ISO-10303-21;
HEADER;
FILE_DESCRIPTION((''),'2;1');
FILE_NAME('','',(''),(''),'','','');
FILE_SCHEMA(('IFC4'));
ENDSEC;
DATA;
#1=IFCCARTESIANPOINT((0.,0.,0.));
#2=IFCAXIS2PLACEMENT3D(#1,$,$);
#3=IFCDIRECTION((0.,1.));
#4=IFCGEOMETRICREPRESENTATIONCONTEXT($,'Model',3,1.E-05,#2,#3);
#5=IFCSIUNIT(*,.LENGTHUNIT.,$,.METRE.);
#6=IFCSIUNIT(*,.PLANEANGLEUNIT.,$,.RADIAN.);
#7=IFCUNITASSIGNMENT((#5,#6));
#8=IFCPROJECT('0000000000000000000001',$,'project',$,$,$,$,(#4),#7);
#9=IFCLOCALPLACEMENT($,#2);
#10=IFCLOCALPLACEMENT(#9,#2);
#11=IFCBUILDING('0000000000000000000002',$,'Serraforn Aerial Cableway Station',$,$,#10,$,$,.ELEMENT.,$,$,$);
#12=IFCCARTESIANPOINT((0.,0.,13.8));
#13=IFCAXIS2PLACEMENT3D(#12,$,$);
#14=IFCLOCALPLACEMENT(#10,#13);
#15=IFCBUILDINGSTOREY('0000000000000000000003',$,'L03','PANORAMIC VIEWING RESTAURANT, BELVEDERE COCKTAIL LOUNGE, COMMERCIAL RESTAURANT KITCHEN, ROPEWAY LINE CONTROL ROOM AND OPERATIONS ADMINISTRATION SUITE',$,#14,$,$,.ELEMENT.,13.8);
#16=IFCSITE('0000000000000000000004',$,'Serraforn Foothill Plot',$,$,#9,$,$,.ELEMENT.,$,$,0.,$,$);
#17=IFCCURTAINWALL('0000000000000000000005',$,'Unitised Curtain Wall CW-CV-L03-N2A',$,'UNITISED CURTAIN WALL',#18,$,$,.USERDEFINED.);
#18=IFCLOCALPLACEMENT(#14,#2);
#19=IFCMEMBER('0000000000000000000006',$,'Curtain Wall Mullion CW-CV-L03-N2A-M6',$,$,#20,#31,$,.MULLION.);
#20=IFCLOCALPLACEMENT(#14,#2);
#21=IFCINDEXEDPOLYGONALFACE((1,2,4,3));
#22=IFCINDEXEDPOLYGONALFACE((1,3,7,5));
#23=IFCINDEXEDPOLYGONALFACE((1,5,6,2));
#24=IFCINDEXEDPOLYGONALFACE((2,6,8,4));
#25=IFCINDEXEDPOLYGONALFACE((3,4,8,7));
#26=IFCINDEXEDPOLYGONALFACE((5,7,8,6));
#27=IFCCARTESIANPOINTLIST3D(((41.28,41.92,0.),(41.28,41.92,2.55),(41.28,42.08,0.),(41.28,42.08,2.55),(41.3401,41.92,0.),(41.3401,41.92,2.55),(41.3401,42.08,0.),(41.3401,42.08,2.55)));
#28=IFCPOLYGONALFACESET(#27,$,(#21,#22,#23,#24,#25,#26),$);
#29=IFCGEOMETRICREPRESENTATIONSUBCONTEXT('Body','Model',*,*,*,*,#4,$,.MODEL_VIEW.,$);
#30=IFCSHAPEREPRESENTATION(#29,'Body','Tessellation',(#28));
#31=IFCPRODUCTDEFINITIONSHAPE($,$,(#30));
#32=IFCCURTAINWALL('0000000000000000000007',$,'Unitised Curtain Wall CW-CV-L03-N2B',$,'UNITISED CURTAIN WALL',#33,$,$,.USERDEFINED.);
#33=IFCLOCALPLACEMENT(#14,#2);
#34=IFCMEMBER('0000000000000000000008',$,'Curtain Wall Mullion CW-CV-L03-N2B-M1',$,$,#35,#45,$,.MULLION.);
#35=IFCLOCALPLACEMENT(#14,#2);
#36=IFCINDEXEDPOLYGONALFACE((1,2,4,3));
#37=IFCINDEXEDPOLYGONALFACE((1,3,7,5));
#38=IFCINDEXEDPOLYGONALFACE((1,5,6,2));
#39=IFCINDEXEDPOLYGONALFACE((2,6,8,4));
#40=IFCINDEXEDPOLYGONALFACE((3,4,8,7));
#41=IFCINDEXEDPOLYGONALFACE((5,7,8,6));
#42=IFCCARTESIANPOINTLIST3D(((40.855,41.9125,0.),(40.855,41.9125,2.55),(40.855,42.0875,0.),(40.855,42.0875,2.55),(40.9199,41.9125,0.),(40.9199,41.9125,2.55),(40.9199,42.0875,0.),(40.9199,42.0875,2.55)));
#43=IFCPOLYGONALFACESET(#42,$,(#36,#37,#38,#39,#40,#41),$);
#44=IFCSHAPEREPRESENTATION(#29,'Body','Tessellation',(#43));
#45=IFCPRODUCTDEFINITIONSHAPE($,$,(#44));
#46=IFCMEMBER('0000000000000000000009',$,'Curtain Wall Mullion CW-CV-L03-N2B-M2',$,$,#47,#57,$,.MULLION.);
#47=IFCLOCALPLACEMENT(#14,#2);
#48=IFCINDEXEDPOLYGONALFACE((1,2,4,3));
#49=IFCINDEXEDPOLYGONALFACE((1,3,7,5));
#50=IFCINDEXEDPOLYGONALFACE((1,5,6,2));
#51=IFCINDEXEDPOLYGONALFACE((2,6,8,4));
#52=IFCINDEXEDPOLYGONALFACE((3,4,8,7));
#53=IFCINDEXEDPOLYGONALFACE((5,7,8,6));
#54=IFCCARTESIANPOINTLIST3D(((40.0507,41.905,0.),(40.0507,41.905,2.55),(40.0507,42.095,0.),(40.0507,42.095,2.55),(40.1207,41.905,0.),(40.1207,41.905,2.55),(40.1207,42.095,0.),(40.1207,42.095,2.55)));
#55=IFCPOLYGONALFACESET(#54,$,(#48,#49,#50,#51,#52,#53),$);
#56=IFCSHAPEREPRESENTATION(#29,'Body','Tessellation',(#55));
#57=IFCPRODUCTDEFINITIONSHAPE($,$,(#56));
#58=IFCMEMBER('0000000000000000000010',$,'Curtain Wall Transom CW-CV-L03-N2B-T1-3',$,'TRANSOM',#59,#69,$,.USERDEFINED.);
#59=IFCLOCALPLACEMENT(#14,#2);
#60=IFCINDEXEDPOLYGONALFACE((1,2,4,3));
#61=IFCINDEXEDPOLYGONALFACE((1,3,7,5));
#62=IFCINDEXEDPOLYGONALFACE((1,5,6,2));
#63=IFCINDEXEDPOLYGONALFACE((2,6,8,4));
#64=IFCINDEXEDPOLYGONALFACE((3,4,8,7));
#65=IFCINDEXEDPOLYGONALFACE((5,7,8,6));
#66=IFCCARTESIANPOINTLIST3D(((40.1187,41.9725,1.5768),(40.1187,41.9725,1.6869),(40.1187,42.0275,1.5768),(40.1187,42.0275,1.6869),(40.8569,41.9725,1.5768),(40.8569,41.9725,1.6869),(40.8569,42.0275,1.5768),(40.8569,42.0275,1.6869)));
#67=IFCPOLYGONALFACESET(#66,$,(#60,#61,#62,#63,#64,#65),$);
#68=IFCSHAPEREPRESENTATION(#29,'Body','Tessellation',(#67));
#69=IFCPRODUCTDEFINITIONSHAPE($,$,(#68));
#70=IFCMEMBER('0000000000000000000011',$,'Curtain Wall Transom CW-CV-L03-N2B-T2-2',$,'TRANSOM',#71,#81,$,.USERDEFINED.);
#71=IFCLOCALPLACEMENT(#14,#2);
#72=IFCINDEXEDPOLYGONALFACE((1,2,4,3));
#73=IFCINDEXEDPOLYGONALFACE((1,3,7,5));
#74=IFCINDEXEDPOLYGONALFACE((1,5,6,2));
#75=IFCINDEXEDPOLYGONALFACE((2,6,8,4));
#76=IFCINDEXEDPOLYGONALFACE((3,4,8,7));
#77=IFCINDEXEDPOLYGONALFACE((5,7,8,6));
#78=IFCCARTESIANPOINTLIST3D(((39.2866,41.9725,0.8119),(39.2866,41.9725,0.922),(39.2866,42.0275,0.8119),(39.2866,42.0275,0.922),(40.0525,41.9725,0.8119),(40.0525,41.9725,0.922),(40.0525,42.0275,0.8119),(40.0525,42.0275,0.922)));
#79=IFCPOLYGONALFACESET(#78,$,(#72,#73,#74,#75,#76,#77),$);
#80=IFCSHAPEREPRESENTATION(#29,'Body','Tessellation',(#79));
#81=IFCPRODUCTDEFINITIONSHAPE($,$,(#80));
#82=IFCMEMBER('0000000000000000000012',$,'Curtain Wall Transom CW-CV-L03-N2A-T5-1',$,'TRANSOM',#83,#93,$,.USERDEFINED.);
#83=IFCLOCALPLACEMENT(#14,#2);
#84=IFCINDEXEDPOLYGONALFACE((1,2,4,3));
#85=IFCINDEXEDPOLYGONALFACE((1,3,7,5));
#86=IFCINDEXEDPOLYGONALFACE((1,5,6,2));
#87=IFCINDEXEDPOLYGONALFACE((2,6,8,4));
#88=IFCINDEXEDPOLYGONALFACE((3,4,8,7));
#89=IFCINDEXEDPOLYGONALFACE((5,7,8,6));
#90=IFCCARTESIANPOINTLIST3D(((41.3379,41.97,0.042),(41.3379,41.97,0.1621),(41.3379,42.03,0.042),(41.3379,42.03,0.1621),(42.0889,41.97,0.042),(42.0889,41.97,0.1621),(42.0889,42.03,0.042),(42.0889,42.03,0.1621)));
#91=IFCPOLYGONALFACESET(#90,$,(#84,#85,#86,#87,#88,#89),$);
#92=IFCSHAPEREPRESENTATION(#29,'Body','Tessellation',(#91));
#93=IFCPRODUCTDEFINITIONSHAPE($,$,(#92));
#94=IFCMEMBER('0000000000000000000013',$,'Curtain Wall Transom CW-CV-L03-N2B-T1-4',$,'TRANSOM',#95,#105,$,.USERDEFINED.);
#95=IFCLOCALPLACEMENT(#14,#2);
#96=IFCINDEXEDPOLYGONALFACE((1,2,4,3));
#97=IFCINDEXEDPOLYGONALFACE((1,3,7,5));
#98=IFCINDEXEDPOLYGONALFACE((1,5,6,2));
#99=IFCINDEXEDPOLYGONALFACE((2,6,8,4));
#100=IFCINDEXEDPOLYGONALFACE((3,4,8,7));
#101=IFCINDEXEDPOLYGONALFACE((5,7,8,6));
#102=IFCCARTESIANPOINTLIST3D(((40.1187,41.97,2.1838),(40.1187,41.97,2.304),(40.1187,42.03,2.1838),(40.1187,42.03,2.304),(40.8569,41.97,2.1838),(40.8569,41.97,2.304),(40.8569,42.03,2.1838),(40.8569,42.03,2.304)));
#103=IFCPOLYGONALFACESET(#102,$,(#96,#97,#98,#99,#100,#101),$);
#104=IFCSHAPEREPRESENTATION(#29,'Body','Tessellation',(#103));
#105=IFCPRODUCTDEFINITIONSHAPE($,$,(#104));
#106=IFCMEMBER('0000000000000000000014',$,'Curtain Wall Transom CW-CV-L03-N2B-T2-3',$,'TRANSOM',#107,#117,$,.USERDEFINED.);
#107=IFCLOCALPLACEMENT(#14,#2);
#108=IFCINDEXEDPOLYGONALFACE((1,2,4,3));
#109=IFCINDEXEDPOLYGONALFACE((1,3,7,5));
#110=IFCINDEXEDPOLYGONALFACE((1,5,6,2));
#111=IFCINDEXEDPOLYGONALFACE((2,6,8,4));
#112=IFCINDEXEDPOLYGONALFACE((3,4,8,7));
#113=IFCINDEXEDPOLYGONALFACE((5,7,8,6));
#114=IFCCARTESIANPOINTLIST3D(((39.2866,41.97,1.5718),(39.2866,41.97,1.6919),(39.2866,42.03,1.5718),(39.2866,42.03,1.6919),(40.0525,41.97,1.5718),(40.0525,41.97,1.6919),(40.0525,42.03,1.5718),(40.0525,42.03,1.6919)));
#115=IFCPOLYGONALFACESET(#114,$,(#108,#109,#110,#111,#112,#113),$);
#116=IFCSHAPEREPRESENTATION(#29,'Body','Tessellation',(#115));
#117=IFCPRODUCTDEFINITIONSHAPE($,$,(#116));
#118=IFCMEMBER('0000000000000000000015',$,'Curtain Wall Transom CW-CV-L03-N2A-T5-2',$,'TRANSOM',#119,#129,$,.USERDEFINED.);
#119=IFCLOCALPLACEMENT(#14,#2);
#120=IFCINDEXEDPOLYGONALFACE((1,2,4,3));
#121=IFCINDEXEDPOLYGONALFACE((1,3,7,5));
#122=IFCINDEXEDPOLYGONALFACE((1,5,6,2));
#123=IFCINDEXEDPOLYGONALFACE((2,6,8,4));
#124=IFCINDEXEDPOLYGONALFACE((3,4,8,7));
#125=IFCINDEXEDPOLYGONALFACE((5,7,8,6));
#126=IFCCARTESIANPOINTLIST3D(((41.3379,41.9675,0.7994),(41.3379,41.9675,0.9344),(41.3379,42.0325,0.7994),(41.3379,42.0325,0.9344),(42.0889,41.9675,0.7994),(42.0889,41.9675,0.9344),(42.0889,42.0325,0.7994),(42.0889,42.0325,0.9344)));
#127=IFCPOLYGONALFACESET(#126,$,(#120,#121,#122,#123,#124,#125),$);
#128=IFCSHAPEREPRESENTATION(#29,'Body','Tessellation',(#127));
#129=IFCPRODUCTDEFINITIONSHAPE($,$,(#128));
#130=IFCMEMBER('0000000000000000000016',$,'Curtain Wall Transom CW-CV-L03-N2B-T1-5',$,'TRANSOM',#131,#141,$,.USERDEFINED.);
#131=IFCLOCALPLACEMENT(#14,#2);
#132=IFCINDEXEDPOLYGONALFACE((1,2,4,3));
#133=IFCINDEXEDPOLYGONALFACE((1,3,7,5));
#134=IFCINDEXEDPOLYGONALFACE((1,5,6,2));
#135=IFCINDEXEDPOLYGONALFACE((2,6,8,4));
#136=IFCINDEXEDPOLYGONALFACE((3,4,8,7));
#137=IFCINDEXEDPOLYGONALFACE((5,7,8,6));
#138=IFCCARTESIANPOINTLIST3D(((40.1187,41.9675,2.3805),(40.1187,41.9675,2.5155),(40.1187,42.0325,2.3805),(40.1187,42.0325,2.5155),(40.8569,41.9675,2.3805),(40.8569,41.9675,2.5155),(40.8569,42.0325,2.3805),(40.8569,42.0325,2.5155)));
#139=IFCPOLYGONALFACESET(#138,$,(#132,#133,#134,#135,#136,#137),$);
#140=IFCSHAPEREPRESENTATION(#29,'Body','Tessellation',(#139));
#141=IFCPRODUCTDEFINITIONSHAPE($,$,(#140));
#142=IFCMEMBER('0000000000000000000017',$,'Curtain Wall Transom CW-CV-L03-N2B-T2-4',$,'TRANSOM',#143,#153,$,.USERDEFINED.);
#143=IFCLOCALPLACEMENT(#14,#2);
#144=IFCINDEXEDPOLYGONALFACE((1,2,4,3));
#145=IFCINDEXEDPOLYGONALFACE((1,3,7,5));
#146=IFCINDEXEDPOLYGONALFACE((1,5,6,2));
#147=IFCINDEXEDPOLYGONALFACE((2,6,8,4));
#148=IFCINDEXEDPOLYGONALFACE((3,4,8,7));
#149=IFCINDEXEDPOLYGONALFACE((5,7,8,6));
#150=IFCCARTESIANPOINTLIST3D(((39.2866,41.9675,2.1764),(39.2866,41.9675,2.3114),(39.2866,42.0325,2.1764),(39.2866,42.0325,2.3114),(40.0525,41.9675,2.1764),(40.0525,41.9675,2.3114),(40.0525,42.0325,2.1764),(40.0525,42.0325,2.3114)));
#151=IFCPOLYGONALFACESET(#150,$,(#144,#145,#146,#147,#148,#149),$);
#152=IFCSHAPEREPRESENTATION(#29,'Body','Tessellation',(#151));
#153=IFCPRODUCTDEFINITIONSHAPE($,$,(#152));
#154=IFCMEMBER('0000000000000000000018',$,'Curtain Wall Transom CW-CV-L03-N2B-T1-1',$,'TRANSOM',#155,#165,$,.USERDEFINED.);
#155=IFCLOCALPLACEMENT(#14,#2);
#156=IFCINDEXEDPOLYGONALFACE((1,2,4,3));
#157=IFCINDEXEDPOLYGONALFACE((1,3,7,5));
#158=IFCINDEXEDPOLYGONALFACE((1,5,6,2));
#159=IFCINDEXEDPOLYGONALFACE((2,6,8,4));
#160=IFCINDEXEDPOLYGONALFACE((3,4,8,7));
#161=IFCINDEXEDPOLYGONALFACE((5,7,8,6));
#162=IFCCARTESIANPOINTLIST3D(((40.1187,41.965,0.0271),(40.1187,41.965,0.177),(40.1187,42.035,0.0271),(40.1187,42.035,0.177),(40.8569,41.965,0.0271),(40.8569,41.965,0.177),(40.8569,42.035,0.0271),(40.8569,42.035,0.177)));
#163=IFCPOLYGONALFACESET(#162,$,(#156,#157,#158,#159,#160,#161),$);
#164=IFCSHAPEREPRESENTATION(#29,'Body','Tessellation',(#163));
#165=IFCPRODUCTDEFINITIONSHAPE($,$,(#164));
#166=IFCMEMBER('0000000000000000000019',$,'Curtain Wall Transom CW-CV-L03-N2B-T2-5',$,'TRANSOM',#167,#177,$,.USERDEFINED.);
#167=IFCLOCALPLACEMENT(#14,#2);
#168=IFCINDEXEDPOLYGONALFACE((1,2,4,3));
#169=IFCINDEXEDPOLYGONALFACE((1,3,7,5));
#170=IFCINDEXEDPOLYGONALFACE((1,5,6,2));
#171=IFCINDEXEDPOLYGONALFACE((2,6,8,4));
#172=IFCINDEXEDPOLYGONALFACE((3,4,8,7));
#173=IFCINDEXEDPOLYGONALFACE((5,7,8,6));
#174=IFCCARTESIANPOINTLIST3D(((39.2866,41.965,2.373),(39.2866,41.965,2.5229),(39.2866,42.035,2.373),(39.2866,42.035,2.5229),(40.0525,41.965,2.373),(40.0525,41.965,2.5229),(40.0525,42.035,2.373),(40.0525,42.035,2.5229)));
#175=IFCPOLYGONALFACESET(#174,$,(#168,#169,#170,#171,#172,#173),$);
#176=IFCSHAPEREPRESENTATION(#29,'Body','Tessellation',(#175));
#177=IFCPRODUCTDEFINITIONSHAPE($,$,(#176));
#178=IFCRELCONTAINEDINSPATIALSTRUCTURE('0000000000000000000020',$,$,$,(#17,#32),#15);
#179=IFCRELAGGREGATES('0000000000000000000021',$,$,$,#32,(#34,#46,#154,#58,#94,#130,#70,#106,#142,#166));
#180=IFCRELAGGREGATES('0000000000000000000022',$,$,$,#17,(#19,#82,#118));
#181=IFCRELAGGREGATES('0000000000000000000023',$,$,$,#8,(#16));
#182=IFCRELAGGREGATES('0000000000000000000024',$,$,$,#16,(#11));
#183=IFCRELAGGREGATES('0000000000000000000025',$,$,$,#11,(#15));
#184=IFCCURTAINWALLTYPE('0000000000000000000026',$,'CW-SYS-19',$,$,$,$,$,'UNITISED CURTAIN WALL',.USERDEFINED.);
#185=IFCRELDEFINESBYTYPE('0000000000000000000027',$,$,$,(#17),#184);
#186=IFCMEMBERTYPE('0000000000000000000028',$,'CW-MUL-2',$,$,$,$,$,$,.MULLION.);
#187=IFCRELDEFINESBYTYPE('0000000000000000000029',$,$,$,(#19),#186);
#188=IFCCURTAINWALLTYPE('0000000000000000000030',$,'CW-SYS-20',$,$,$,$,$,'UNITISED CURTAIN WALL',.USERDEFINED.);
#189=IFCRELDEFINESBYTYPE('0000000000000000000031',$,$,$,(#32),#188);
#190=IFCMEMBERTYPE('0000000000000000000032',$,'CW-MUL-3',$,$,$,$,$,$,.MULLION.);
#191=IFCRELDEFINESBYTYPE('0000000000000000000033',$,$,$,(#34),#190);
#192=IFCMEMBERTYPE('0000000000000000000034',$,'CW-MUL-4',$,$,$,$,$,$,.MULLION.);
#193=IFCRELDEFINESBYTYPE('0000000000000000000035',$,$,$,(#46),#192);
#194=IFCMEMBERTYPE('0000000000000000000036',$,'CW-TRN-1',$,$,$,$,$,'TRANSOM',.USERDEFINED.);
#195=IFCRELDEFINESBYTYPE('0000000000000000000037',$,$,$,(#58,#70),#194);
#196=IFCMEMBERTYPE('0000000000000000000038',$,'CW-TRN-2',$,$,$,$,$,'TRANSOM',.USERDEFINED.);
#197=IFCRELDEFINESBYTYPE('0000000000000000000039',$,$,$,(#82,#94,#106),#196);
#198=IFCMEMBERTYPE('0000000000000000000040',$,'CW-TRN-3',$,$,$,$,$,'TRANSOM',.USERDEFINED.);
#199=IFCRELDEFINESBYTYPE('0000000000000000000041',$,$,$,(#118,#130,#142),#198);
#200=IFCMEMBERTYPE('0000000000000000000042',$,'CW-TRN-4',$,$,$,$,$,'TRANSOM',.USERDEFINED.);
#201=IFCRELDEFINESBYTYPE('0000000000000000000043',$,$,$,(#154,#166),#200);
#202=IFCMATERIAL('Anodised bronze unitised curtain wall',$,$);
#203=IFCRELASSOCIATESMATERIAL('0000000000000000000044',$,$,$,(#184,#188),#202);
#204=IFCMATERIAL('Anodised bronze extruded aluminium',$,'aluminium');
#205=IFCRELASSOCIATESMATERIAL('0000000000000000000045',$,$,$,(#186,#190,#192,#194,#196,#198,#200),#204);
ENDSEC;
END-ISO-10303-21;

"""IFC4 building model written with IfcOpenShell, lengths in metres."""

from ifc_helpers import new_model, si_unit, direction, frame, origin, origin_2d, place, context, subcontext, project, spatial, rectangle, extrude, material, material_profile, profile_set, type_object, element, aggregate, save


model = new_model("IFC4")

# Units and contexts
model_context = context("Model", 3, precision=1e-05, world=origin(), true_north=direction((0.0, 1.0)))
body_context = subcontext(model_context, "Body", "Model", "MODEL_VIEW")
ifc_project = project(units=[si_unit("LENGTHUNIT", "METRE"), si_unit("PLANEANGLEUNIT", "RADIAN")], contexts=[model_context])

# Site, building, storey
site_placement = place(None, origin())
site = spatial("IfcSite", under=ifc_project, at=site_placement, Name="Serraforn Foothill Plot", CompositionType="ELEMENT", RefElevation=0.0)
building_placement = place(site_placement, origin())
building = spatial("IfcBuilding", under=site, at=building_placement, Name="Serraforn Aerial Cableway Station", CompositionType="ELEMENT")
storey_placement = place(building_placement, frame((0.0, 0.0, 13.8)))
storey = spatial("IfcBuildingStorey", under=building, at=storey_placement, Name="L03", Description="PANORAMIC VIEWING RESTAURANT, BELVEDERE COCKTAIL LOUNGE, COMMERCIAL RESTAURANT KITCHEN, ROPEWAY LINE CONTROL ROOM AND OPERATIONS ADMINISTRATION SUITE", CompositionType="ELEMENT", Elevation=13.8)

# Curtain wall, member
ifc_material_1 = material(Name="Anodised bronze unitised curtain wall")
curtain_wall_type_1 = type_object("IfcCurtainWallType", Name="CW-SYS-19", ElementType="UNITISED CURTAIN WALL", PredefinedType="USERDEFINED", material=ifc_material_1)
curtain_wall_1_placement = place(storey_placement, origin())
curtain_wall_1 = element("IfcCurtainWall", 1, at=curtain_wall_1_placement, inside=storey, type_object=curtain_wall_type_1, Name="Unitised Curtain Wall CW-CV-L03-N2A", ObjectType="UNITISED CURTAIN WALL", PredefinedType="USERDEFINED")
ifc_material_2 = material(Name="Anodised bronze extruded aluminium", Category="aluminium")
ifc_material_profile_1 = material_profile(ifc_material_2, rectangle(XDim=0.0601, YDim=0.1599, at=origin_2d()), Name="CW MULLION 60x160")
ifc_profile_set_1 = profile_set([ifc_material_profile_1], Name="Anodised bronze extruded aluminium")
member_type_1 = type_object("IfcMemberType", Name="CW-MUL-2", PredefinedType="MULLION", material=ifc_profile_set_1)
member_1_placement = place(storey_placement, frame((41.3101, 42.0, 0.0), z_axis=(0.0, 0.0, 1.0), x_axis=(-1.0, 0.0, 0.0)))
member_1 = element("IfcMember", 2, at=member_1_placement, type_object=member_type_1, Name="Curtain Wall Mullion CW-CV-L03-N2A-M6", PredefinedType="MULLION", context=body_context, shape_type="SweptSolid", body=[
    extrude(rectangle(XDim=0.0601, YDim=0.1599, at=origin_2d()), origin(), (0.0, 0.0, 1.0), 2.55),
])

# Curtain wall, members
curtain_wall_type_2 = type_object("IfcCurtainWallType", Name="CW-SYS-20", ElementType="UNITISED CURTAIN WALL", PredefinedType="USERDEFINED", material=ifc_material_1)
curtain_wall_2_placement = place(storey_placement, origin())
curtain_wall_2 = element("IfcCurtainWall", 3, at=curtain_wall_2_placement, inside=storey, type_object=curtain_wall_type_2, Name="Unitised Curtain Wall CW-CV-L03-N2B", ObjectType="UNITISED CURTAIN WALL", PredefinedType="USERDEFINED")
ifc_material_profile_2 = material_profile(ifc_material_2, rectangle(XDim=0.0649, YDim=0.175, at=origin_2d()), Name="CW MULLION 65x175")
ifc_profile_set_2 = profile_set([ifc_material_profile_2], Name="Anodised bronze extruded aluminium")
member_type_2 = type_object("IfcMemberType", Name="CW-MUL-3", PredefinedType="MULLION", material=ifc_profile_set_2)
member_2_placement = place(storey_placement, frame((40.8875, 42.0, 0.0), z_axis=(0.0, 0.0, 1.0), x_axis=(-1.0, 0.0, 0.0)))
member_2 = element("IfcMember", 4, at=member_2_placement, type_object=member_type_2, Name="Curtain Wall Mullion CW-CV-L03-N2B-M1", PredefinedType="MULLION", context=body_context, shape_type="SweptSolid", body=[
    extrude(rectangle(XDim=0.0649, YDim=0.175, at=origin_2d()), origin(), (0.0, 0.0, 1.0), 2.55),
])
ifc_material_profile_3 = material_profile(ifc_material_2, rectangle(XDim=0.0701, YDim=0.1899, at=origin_2d()), Name="CW MULLION 70x190")
ifc_profile_set_3 = profile_set([ifc_material_profile_3], Name="Anodised bronze extruded aluminium")
member_type_3 = type_object("IfcMemberType", Name="CW-MUL-4", PredefinedType="MULLION", material=ifc_profile_set_3)
member_3_placement = place(storey_placement, frame((40.0857, 42.0, 0.0), z_axis=(0.0, 0.0, 1.0), x_axis=(-1.0, 0.0, 0.0)))
member_3 = element("IfcMember", 5, at=member_3_placement, type_object=member_type_3, Name="Curtain Wall Mullion CW-CV-L03-N2B-M2", PredefinedType="MULLION", context=body_context, shape_type="SweptSolid", body=[
    extrude(rectangle(XDim=0.0701, YDim=0.1899, at=origin_2d()), origin(), (0.0, 0.0, 1.0), 2.55),
])
ifc_material_profile_4 = material_profile(ifc_material_2, rectangle(XDim=0.0549, YDim=0.1101, at=origin_2d()), Name="CW TRANSOM 55x110")
ifc_profile_set_4 = profile_set([ifc_material_profile_4], Name="Anodised bronze extruded aluminium")
member_type_4 = type_object("IfcMemberType", Name="CW-TRN-1", ElementType="TRANSOM", PredefinedType="USERDEFINED", material=ifc_profile_set_4)
member_4_placement = place(storey_placement, frame((40.8569, 42.0, 1.6318), z_axis=(-1.0, 0.0, 0.0), x_axis=(0.0, -1.0, 0.0)))
member_4 = element("IfcMember", 6, at=member_4_placement, type_object=member_type_4, Name="Curtain Wall Transom CW-CV-L03-N2B-T1-3", ObjectType="TRANSOM", PredefinedType="USERDEFINED", context=body_context, shape_type="SweptSolid", body=[
    extrude(rectangle(XDim=0.0549, YDim=0.1101, at=origin_2d()), origin(), (0.0, 0.0, 1.0), 0.7383),
])
member_5_placement = place(storey_placement, frame((40.0525, 42.0, 0.8669), z_axis=(-1.0, 0.0, 0.0), x_axis=(0.0, -1.0, 0.0)))
member_5 = element("IfcMember", 7, at=member_5_placement, type_object=member_type_4, Name="Curtain Wall Transom CW-CV-L03-N2B-T2-2", ObjectType="TRANSOM", PredefinedType="USERDEFINED", context=body_context, shape_type="SweptSolid", body=[
    extrude(rectangle(XDim=0.0549, YDim=0.1101, at=origin_2d()), origin(), (0.0, 0.0, 1.0), 0.7659),
])

# Members
ifc_material_profile_5 = material_profile(ifc_material_2, rectangle(XDim=0.0601, YDim=0.1201, at=origin_2d()), Name="CW TRANSOM 60x120")
ifc_profile_set_5 = profile_set([ifc_material_profile_5], Name="Anodised bronze extruded aluminium")
member_type_5 = type_object("IfcMemberType", Name="CW-TRN-2", ElementType="TRANSOM", PredefinedType="USERDEFINED", material=ifc_profile_set_5)
member_6_placement = place(storey_placement, frame((42.0889, 42.0, 0.1021), z_axis=(-1.0, 0.0, 0.0), x_axis=(0.0, -1.0, 0.0)))
member_6 = element("IfcMember", 8, at=member_6_placement, type_object=member_type_5, Name="Curtain Wall Transom CW-CV-L03-N2A-T5-1", ObjectType="TRANSOM", PredefinedType="USERDEFINED", context=body_context, shape_type="SweptSolid", body=[
    extrude(rectangle(XDim=0.0601, YDim=0.1201, at=origin_2d()), origin(), (0.0, 0.0, 1.0), 0.751),
])
member_7_placement = place(storey_placement, frame((40.8569, 42.0, 2.2439), z_axis=(-1.0, 0.0, 0.0), x_axis=(0.0, -1.0, 0.0)))
member_7 = element("IfcMember", 9, at=member_7_placement, type_object=member_type_5, Name="Curtain Wall Transom CW-CV-L03-N2B-T1-4", ObjectType="TRANSOM", PredefinedType="USERDEFINED", context=body_context, shape_type="SweptSolid", body=[
    extrude(rectangle(XDim=0.0601, YDim=0.1201, at=origin_2d()), origin(), (0.0, 0.0, 1.0), 0.7383),
])
member_8_placement = place(storey_placement, frame((40.0525, 42.0, 1.6318), z_axis=(-1.0, 0.0, 0.0), x_axis=(0.0, -1.0, 0.0)))
member_8 = element("IfcMember", 10, at=member_8_placement, type_object=member_type_5, Name="Curtain Wall Transom CW-CV-L03-N2B-T2-3", ObjectType="TRANSOM", PredefinedType="USERDEFINED", context=body_context, shape_type="SweptSolid", body=[
    extrude(rectangle(XDim=0.0601, YDim=0.1201, at=origin_2d()), origin(), (0.0, 0.0, 1.0), 0.7659),
])
ifc_material_profile_6 = material_profile(ifc_material_2, rectangle(XDim=0.0649, YDim=0.135, at=origin_2d()), Name="CW TRANSOM 65x135")
ifc_profile_set_6 = profile_set([ifc_material_profile_6], Name="Anodised bronze extruded aluminium")
member_type_6 = type_object("IfcMemberType", Name="CW-TRN-3", ElementType="TRANSOM", PredefinedType="USERDEFINED", material=ifc_profile_set_6)
member_9_placement = place(storey_placement, frame((42.0889, 42.0, 0.8669), z_axis=(-1.0, 0.0, 0.0), x_axis=(0.0, -1.0, 0.0)))
member_9 = element("IfcMember", 11, at=member_9_placement, type_object=member_type_6, Name="Curtain Wall Transom CW-CV-L03-N2A-T5-2", ObjectType="TRANSOM", PredefinedType="USERDEFINED", context=body_context, shape_type="SweptSolid", body=[
    extrude(rectangle(XDim=0.0649, YDim=0.135, at=origin_2d()), origin(), (0.0, 0.0, 1.0), 0.751),
])
member_10_placement = place(storey_placement, frame((40.8569, 42.0, 2.448), z_axis=(-1.0, 0.0, 0.0), x_axis=(0.0, -1.0, 0.0)))
member_10 = element("IfcMember", 12, at=member_10_placement, type_object=member_type_6, Name="Curtain Wall Transom CW-CV-L03-N2B-T1-5", ObjectType="TRANSOM", PredefinedType="USERDEFINED", context=body_context, shape_type="SweptSolid", body=[
    extrude(rectangle(XDim=0.0649, YDim=0.135, at=origin_2d()), origin(), (0.0, 0.0, 1.0), 0.7383),
])
member_11_placement = place(storey_placement, frame((40.0525, 42.0, 2.2439), z_axis=(-1.0, 0.0, 0.0), x_axis=(0.0, -1.0, 0.0)))
member_11 = element("IfcMember", 13, at=member_11_placement, type_object=member_type_6, Name="Curtain Wall Transom CW-CV-L03-N2B-T2-4", ObjectType="TRANSOM", PredefinedType="USERDEFINED", context=body_context, shape_type="SweptSolid", body=[
    extrude(rectangle(XDim=0.0649, YDim=0.135, at=origin_2d()), origin(), (0.0, 0.0, 1.0), 0.7659),
])
ifc_material_profile_7 = material_profile(ifc_material_2, rectangle(XDim=0.0701, YDim=0.1499, at=origin_2d()), Name="CW TRANSOM 70x150")
ifc_profile_set_7 = profile_set([ifc_material_profile_7], Name="Anodised bronze extruded aluminium")
member_type_7 = type_object("IfcMemberType", Name="CW-TRN-4", ElementType="TRANSOM", PredefinedType="USERDEFINED", material=ifc_profile_set_7)
member_12_placement = place(storey_placement, frame((40.8569, 42.0, 0.1021), z_axis=(-1.0, 0.0, 0.0), x_axis=(0.0, -1.0, 0.0)))
member_12 = element("IfcMember", 14, at=member_12_placement, type_object=member_type_7, Name="Curtain Wall Transom CW-CV-L03-N2B-T1-1", ObjectType="TRANSOM", PredefinedType="USERDEFINED", context=body_context, shape_type="SweptSolid", body=[
    extrude(rectangle(XDim=0.0701, YDim=0.1499, at=origin_2d()), origin(), (0.0, 0.0, 1.0), 0.7383),
])
member_13_placement = place(storey_placement, frame((40.0525, 42.0, 2.448), z_axis=(-1.0, 0.0, 0.0), x_axis=(0.0, -1.0, 0.0)))
member_13 = element("IfcMember", 15, at=member_13_placement, type_object=member_type_7, Name="Curtain Wall Transom CW-CV-L03-N2B-T2-5", ObjectType="TRANSOM", PredefinedType="USERDEFINED", context=body_context, shape_type="SweptSolid", body=[
    extrude(rectangle(XDim=0.0701, YDim=0.1499, at=origin_2d()), origin(), (0.0, 0.0, 1.0), 0.7659),
])

aggregate(curtain_wall_2, [member_2, member_3, member_12, member_4, member_7, member_10, member_5, member_8, member_11, member_13])
aggregate(curtain_wall_1, [member_1, member_6, member_9])

save(model, "model.ifc")
